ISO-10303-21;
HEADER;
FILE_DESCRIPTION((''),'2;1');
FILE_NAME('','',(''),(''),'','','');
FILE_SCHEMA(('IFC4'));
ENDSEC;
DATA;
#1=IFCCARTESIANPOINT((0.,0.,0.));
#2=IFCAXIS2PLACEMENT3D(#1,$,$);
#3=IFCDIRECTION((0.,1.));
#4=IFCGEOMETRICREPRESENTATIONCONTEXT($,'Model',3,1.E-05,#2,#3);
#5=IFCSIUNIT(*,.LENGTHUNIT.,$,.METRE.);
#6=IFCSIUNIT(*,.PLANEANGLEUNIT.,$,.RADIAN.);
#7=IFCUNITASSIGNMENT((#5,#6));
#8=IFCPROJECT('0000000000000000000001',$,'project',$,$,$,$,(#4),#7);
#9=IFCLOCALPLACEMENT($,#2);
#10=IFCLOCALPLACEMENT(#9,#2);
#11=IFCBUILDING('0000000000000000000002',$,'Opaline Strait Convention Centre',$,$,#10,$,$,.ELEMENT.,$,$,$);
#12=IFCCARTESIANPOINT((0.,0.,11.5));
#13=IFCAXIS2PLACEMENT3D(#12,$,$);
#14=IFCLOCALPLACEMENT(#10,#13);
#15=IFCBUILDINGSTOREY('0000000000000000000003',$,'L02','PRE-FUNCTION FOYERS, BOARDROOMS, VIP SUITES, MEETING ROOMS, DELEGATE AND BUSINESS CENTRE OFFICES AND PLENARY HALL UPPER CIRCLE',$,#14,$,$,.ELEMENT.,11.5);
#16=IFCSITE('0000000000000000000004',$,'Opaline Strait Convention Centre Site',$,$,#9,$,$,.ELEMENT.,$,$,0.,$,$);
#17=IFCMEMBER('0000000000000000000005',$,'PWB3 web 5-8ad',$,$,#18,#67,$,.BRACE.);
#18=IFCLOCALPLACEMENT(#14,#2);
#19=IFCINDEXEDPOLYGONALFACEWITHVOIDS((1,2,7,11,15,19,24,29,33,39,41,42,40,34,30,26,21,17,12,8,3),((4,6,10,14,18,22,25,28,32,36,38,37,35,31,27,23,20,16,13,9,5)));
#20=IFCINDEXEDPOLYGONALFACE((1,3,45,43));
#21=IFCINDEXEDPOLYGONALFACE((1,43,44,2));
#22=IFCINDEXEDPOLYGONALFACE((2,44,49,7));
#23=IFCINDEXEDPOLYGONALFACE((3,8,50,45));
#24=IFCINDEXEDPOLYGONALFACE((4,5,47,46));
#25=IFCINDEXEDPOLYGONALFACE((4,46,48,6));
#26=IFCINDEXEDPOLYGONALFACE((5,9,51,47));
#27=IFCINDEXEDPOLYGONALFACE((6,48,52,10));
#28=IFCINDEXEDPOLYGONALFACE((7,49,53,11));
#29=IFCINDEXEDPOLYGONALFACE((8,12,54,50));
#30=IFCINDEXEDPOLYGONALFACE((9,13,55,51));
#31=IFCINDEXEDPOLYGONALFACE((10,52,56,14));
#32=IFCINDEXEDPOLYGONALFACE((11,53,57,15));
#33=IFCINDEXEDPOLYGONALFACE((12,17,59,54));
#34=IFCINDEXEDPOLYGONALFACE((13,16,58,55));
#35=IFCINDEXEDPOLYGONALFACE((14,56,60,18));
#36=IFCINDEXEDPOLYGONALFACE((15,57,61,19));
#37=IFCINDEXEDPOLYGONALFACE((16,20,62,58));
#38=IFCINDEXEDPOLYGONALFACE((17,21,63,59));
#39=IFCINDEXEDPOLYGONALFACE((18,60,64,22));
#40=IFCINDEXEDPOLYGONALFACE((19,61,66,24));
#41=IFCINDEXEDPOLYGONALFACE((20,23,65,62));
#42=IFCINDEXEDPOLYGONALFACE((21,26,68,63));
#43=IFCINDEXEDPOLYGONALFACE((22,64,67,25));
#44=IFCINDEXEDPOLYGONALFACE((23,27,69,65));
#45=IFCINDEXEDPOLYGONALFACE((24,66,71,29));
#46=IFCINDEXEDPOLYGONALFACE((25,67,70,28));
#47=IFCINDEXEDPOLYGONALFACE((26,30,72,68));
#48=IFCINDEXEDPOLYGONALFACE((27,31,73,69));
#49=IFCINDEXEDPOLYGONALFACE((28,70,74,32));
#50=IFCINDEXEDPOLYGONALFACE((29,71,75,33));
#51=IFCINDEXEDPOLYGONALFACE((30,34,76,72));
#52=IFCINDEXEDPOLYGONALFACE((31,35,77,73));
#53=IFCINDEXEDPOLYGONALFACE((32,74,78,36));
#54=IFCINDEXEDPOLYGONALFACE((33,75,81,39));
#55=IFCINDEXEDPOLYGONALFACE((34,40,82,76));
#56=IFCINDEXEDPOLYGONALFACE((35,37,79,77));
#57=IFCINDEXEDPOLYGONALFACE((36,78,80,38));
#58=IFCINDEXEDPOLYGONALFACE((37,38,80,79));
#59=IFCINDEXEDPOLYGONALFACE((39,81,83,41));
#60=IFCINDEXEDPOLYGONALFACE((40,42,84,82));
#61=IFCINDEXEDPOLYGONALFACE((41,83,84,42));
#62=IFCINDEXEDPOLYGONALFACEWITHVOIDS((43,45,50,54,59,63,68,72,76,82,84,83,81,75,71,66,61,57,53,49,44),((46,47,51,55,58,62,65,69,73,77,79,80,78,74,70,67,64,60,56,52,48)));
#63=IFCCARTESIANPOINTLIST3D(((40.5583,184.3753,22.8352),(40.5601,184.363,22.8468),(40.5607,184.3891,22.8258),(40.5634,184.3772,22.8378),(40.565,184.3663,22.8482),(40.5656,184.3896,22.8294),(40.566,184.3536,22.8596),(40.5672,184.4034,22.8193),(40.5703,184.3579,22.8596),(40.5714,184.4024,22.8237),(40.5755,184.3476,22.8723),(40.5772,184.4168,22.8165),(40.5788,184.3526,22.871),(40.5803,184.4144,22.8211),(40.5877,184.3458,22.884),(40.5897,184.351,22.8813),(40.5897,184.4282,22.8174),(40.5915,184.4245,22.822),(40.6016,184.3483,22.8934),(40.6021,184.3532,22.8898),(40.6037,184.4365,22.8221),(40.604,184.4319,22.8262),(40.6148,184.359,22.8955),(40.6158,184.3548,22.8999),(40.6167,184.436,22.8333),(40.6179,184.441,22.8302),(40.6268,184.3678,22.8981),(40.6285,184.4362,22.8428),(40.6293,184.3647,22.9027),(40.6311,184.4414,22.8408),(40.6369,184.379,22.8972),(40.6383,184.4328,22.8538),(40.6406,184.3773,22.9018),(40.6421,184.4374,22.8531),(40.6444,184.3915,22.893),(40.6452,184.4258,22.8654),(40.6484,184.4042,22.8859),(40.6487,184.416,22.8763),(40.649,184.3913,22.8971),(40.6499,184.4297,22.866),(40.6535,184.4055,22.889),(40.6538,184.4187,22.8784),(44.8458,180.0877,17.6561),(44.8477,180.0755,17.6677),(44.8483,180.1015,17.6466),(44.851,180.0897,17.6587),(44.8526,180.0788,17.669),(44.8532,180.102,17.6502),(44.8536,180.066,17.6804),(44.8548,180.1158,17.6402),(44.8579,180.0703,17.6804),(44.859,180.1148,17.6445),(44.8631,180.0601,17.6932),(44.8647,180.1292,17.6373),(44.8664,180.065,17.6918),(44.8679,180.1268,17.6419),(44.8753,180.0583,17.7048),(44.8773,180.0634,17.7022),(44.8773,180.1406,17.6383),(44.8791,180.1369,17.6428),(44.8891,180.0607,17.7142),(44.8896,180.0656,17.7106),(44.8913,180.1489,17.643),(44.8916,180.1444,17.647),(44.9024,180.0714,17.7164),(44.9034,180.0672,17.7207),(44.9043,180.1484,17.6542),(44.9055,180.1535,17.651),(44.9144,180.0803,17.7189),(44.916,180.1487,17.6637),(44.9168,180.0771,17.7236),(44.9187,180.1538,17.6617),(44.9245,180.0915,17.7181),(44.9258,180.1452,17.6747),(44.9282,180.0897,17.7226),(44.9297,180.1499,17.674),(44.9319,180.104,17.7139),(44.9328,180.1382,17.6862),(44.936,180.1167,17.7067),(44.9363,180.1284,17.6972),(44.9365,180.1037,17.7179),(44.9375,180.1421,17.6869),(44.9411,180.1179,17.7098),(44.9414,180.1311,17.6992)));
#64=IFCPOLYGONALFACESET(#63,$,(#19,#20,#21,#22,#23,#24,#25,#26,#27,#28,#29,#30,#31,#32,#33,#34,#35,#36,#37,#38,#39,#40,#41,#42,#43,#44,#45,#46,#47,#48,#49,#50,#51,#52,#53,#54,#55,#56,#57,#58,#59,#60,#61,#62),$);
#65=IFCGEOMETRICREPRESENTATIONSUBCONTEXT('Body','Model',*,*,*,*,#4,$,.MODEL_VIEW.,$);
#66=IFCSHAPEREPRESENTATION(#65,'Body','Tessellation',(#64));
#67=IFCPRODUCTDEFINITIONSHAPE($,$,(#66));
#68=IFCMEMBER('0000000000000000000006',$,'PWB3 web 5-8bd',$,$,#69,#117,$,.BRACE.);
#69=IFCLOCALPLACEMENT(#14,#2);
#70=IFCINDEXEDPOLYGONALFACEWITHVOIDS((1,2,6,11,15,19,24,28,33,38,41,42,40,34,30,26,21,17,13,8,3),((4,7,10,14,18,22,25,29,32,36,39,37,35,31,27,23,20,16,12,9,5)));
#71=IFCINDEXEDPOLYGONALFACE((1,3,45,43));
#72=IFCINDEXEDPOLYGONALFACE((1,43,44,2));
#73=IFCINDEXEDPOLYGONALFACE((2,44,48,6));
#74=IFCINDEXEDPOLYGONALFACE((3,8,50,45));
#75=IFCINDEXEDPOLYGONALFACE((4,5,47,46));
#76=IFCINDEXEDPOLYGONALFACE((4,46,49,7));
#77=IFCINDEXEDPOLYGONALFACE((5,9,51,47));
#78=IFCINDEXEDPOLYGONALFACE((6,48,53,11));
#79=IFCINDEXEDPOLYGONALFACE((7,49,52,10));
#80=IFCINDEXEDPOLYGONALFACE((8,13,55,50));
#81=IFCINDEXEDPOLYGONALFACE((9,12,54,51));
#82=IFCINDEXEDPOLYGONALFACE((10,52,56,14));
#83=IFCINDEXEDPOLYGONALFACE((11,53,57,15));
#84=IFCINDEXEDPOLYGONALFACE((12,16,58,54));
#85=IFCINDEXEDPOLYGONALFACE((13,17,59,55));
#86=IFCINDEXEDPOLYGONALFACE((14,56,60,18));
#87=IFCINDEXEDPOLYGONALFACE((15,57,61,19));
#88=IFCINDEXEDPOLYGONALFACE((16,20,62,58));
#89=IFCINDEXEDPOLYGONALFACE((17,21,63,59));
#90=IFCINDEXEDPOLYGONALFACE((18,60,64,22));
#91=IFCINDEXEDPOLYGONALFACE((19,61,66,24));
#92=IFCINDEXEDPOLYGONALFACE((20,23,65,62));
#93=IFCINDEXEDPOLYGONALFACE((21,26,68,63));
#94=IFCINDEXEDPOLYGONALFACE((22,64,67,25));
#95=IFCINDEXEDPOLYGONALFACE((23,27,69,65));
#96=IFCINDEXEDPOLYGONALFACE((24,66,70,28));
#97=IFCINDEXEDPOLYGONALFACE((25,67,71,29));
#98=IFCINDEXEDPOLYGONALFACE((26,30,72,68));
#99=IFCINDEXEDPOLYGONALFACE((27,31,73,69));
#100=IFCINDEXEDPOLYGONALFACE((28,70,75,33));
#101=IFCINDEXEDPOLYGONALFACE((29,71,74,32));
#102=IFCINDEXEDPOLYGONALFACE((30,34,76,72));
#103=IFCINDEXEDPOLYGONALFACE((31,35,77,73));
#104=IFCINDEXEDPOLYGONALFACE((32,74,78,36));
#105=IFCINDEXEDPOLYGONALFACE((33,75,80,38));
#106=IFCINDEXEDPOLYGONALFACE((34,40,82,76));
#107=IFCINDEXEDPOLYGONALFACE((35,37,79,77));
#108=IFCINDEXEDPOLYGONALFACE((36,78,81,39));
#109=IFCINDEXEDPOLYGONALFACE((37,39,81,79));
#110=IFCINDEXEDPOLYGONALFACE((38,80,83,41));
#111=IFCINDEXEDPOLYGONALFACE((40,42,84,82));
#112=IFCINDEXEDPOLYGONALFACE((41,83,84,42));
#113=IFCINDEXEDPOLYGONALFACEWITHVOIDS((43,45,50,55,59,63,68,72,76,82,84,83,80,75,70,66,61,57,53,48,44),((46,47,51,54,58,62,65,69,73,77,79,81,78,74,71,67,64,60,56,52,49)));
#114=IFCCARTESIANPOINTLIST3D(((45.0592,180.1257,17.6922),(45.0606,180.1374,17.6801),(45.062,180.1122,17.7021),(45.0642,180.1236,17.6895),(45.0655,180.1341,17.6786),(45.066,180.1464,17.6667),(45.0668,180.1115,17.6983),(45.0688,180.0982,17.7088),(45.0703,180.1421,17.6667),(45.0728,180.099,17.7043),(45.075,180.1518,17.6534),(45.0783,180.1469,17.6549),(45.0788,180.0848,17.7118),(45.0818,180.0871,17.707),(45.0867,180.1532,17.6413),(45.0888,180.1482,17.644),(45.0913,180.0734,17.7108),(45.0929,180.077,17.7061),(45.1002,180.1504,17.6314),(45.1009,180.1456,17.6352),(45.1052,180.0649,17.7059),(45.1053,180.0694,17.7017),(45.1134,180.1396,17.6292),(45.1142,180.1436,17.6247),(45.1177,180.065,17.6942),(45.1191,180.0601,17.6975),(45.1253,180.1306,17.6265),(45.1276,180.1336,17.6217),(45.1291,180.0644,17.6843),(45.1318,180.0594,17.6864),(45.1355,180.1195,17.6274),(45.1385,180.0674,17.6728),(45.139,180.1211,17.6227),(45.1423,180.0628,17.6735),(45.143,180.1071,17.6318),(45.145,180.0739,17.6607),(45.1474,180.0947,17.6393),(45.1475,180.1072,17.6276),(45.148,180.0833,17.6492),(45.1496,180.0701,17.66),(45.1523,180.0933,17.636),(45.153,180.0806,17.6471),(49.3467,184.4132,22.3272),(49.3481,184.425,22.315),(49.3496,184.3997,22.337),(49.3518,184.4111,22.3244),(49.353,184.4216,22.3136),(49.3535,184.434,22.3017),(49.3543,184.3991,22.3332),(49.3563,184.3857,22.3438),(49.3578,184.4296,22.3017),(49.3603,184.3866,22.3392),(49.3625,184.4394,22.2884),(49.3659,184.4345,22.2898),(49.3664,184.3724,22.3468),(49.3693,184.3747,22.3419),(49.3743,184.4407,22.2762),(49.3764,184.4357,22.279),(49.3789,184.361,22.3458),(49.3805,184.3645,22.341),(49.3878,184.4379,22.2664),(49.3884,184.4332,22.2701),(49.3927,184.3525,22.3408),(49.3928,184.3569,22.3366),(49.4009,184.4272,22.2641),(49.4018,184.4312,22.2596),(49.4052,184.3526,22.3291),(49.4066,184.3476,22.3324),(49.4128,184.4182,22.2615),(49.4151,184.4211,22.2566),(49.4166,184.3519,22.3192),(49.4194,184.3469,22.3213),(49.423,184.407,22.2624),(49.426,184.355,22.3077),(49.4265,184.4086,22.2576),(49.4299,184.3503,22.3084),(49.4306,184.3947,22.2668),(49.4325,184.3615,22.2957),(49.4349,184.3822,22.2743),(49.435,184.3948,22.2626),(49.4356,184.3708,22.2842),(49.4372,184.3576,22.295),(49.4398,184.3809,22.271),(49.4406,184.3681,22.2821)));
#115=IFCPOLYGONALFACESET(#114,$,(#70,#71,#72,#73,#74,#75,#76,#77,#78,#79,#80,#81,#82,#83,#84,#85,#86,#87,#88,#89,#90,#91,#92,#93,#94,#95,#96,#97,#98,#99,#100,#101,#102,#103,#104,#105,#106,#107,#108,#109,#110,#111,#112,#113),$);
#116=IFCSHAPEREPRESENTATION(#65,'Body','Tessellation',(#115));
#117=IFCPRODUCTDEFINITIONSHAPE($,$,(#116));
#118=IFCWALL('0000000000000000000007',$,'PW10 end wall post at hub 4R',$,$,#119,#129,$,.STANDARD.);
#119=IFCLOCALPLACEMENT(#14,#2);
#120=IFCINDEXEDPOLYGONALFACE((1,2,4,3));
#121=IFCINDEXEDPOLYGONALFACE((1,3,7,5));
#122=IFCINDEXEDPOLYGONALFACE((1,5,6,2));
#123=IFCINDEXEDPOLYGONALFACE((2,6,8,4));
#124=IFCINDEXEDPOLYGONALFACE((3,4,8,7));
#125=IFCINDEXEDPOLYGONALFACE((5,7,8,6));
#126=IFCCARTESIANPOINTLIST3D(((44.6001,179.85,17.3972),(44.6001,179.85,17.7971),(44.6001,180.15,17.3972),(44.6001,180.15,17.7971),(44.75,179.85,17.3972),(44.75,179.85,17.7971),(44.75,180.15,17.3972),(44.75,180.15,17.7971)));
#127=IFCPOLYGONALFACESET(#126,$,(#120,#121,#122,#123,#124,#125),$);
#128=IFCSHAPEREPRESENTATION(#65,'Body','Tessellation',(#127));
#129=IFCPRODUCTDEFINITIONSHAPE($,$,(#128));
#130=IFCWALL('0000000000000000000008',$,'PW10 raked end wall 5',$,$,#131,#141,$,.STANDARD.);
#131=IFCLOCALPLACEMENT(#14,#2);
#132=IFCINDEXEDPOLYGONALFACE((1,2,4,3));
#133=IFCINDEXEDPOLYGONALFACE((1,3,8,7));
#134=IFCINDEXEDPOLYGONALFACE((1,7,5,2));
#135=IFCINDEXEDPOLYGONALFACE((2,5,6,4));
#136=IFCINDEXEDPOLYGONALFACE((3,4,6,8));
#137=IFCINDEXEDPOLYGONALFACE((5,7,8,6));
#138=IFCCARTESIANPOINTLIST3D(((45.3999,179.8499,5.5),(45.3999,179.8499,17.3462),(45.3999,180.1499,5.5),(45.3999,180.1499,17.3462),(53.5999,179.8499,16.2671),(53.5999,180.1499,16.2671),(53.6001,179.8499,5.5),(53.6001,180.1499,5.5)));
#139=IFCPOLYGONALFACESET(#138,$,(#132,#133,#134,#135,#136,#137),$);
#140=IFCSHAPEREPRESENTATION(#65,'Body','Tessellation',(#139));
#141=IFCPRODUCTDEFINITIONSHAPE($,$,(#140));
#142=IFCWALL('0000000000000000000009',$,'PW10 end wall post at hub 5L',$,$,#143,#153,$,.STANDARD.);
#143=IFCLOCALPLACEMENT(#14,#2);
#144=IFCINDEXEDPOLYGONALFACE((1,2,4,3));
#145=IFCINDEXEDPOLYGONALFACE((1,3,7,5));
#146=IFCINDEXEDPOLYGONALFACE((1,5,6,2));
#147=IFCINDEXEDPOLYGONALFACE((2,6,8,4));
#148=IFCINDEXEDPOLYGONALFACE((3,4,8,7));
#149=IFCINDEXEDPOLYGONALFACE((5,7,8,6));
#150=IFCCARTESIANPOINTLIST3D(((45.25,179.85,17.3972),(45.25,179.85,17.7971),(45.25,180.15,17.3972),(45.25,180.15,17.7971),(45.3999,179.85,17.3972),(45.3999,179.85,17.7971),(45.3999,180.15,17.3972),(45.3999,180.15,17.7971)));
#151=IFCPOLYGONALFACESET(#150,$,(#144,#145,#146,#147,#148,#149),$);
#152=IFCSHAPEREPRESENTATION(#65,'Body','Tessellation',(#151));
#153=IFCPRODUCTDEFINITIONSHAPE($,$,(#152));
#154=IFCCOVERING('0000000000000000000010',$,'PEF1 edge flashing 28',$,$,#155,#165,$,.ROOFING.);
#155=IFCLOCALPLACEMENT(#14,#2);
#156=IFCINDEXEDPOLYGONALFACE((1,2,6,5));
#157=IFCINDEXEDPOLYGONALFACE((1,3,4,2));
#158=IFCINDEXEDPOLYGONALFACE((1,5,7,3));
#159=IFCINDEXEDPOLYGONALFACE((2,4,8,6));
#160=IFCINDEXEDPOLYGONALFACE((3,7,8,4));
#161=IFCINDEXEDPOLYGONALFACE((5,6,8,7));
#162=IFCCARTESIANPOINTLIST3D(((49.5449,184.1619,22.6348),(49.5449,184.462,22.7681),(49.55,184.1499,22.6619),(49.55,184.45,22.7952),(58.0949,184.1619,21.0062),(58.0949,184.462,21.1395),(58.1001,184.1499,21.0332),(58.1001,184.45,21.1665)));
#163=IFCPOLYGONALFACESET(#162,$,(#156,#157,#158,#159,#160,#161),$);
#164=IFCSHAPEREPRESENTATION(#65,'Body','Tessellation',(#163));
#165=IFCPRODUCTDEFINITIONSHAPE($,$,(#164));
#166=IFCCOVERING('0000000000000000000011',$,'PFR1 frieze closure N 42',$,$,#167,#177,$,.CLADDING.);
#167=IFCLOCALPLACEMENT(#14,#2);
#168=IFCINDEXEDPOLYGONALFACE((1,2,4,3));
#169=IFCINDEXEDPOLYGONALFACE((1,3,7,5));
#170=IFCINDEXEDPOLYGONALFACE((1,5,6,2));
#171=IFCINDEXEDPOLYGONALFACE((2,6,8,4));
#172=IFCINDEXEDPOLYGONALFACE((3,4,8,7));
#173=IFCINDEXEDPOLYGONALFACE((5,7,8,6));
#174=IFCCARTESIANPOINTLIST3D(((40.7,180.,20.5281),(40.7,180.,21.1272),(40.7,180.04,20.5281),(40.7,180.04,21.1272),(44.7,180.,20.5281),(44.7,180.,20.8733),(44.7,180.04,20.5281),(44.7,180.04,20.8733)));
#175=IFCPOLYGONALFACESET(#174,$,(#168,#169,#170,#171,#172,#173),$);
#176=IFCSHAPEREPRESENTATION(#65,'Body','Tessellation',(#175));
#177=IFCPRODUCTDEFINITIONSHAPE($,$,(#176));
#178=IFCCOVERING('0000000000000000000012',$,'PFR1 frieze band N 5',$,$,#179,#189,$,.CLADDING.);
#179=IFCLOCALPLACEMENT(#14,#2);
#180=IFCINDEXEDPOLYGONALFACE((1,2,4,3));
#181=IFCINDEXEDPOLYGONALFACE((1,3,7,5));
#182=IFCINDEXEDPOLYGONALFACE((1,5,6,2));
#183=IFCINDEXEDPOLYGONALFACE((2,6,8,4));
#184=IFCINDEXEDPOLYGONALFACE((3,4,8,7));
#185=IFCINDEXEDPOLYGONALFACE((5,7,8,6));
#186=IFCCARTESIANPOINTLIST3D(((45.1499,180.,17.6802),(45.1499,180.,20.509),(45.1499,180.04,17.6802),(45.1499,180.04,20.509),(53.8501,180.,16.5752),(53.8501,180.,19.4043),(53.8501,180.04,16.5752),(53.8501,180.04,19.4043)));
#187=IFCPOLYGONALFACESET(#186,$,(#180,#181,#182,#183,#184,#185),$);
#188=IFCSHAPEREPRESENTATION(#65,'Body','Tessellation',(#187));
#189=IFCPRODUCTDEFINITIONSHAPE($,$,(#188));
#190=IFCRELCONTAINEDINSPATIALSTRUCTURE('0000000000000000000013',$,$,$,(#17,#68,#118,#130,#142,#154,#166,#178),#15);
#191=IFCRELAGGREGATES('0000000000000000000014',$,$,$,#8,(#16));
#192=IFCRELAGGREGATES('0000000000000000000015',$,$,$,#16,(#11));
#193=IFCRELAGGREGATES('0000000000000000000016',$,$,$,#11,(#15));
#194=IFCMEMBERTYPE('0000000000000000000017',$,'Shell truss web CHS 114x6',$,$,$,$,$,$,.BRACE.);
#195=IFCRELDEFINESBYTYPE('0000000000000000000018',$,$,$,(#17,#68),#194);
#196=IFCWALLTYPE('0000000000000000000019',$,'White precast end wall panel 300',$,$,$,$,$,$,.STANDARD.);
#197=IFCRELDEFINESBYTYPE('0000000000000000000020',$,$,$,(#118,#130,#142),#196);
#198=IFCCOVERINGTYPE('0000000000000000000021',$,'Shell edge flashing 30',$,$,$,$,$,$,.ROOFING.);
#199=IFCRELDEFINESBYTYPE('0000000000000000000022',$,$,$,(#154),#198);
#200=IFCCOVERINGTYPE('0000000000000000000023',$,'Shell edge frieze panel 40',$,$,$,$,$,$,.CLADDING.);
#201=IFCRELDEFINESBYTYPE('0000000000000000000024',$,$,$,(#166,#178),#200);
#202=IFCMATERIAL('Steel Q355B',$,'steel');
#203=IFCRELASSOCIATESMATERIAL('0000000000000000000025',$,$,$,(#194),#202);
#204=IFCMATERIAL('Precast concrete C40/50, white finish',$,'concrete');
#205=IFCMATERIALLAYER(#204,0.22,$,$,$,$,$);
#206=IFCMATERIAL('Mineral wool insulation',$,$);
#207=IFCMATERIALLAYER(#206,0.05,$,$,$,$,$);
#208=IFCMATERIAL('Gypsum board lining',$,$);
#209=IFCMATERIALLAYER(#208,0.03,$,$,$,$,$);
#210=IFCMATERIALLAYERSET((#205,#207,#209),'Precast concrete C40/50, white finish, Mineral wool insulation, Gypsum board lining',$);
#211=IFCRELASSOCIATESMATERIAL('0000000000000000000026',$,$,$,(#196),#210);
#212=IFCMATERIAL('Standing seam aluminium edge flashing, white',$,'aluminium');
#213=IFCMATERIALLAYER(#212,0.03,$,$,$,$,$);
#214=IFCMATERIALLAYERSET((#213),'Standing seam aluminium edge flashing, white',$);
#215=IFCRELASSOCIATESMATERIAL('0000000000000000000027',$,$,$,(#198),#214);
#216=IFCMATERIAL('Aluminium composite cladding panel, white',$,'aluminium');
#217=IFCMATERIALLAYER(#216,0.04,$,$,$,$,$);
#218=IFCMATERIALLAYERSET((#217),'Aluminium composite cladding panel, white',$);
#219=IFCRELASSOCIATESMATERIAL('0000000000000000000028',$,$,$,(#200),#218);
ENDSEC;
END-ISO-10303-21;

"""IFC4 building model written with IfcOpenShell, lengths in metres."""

from ifc_helpers import new_model, si_unit, direction, frame, frame_2d, origin, origin_2d, place, context, subcontext, project, spatial, polyline, rectangle, hollow_circle, outline, extrude, material, layer, layer_set, material_profile, profile_set, type_object, element, save


model = new_model("IFC4")

# Units and contexts
model_context = context("Model", 3, precision=1e-05, world=origin(), true_north=direction((0.0, 1.0)))
body_context = subcontext(model_context, "Body", "Model", "MODEL_VIEW")
ifc_project = project(units=[si_unit("LENGTHUNIT", "METRE"), si_unit("PLANEANGLEUNIT", "RADIAN")], contexts=[model_context])

# Site, building, storey
site_placement = place(None, origin())
site = spatial("IfcSite", under=ifc_project, at=site_placement, Name="Opaline Strait Convention Centre Site", CompositionType="ELEMENT", RefElevation=0.0)
building_placement = place(site_placement, origin())
building = spatial("IfcBuilding", under=site, at=building_placement, Name="Opaline Strait Convention Centre", CompositionType="ELEMENT")
storey_placement = place(building_placement, frame((0.0, 0.0, 11.5)))
storey = spatial("IfcBuildingStorey", under=building, at=storey_placement, Name="L02", Description="PRE-FUNCTION FOYERS, BOARDROOMS, VIP SUITES, MEETING ROOMS, DELEGATE AND BUSINESS CENTRE OFFICES AND PLENARY HALL UPPER CIRCLE", CompositionType="ELEMENT", Elevation=11.5)

# Members
ifc_material_1 = material(Name="Steel Q355B", Category="steel")
ifc_material_profile_1 = material_profile(ifc_material_1, hollow_circle(Radius=0.0569, WallThickness=0.0061, at=origin_2d()), Name="CHS 114x6")
ifc_profile_set_1 = profile_set([ifc_material_profile_1], Name="Steel Q355B")
member_type_1 = type_object("IfcMemberType", Name="Shell truss web CHS 114x6", PredefinedType="BRACE", material=ifc_profile_set_1)
for number, where, z_axis, x_axis, name in (
    (1, (44.8938, 180.1062, 17.6804), (-0.53767, 0.53767, 0.649478), (-0.707107, -0.707107, 0.0), "PWB3 web 5-8ad"),
):
    element("IfcMember", number, at=place(storey_placement, frame(where, z_axis=z_axis, x_axis=x_axis)), inside=storey, type_object=member_type_1, Name=name, PredefinedType="BRACE", context=body_context, shape_type="SweptSolid", body=[
        extrude(hollow_circle(Radius=0.0569, WallThickness=0.0061, at=origin_2d()), origin(), (0.0, 0.0, 1.0), 7.9744),
    ])
member_1_placement = place(storey_placement, frame((45.1062, 180.1062, 17.6667), z_axis=(0.561778, 0.561778, 0.607298), x_axis=(-0.707107, 0.707107, 0.0)))
element("IfcMember", 2, at=member_1_placement, inside=storey, type_object=member_type_1, Name="PWB3 web 5-8bd", PredefinedType="BRACE", context=body_context, shape_type="SweptSolid", body=[
    extrude(hollow_circle(Radius=0.0569, WallThickness=0.0061, at=origin_2d()), origin(), (0.0, 0.0, 1.0), 7.6321),
])

# Walls
ifc_material_2 = material(Name="Precast concrete C40/50, white finish", Category="concrete")
ifc_layer_1 = layer(ifc_material_2, 0.22)
ifc_material_3 = material(Name="Mineral wool insulation")
ifc_layer_2 = layer(ifc_material_3, 0.05)
ifc_material_4 = material(Name="Gypsum board lining")
ifc_layer_3 = layer(ifc_material_4, 0.03)
ifc_layer_set_1 = layer_set([ifc_layer_1, ifc_layer_2, ifc_layer_3], Name="Precast concrete C40/50, white finish, Mineral wool insulation, Gypsum board lining")
wall_type = type_object("IfcWallType", Name="White precast end wall panel 300", PredefinedType="STANDARD", material=ifc_layer_set_1)
wall_1_placement = place(storey_placement, frame((44.6001, 180.0, 17.3972), z_axis=(0.0, 0.0, 1.0), x_axis=(1.0, 0.0, 0.0)))
element("IfcWall", 3, at=wall_1_placement, inside=storey, type_object=wall_type, Name="PW10 end wall post at hub 4R", PredefinedType="STANDARD", context=body_context, shape_type="SweptSolid", body=[
    extrude(rectangle(XDim=0.1499, YDim=0.3, at=frame_2d((0.075, 0.0))), origin(), (0.0, 0.0, 1.0), 0.3999),
])
wall_2_placement = place(storey_placement, frame((45.3999, 180.0, 5.5), z_axis=(0.0, 0.0, 1.0), x_axis=(1.0, 0.0, 0.0)))
element("IfcWall", 4, at=wall_2_placement, inside=storey, type_object=wall_type, Name="PW10 raked end wall 5", PredefinedType="STANDARD", context=body_context, shape_type="SweptSolid", body=[
    extrude(outline(polyline([(0.0, 0.0), (8.2002, 0.0), (8.2, 10.7671), (0.0, 11.8462), (0.0, 0.0)])), frame((0.0, 0.1499, 0.0), z_axis=(0.0, -1.0, 0.0), x_axis=(1.0, 0.0, 0.0)), (0.0, 0.0, 1.0), 0.3),
])
wall_3_placement = place(storey_placement, frame((45.25, 180.0, 17.3972), z_axis=(0.0, 0.0, 1.0), x_axis=(1.0, 0.0, 0.0)))
element("IfcWall", 5, at=wall_3_placement, inside=storey, type_object=wall_type, Name="PW10 end wall post at hub 5L", PredefinedType="STANDARD", context=body_context, shape_type="SweptSolid", body=[
    extrude(rectangle(XDim=0.1499, YDim=0.3, at=frame_2d((0.075, 0.0))), origin(), (0.0, 0.0, 1.0), 0.3999),
])

# Coverings
ifc_material_5 = material(Name="Standing seam aluminium edge flashing, white", Category="aluminium")
ifc_layer_4 = layer(ifc_material_5, 0.03)
ifc_layer_set_2 = layer_set([ifc_layer_4], Name="Standing seam aluminium edge flashing, white")
covering_type_1 = type_object("IfcCoveringType", Name="Shell edge flashing 30", PredefinedType="ROOFING", material=ifc_layer_set_2)
covering_1_placement = place(storey_placement, frame((49.55, 184.1499, 22.6619), z_axis=(0.171501, -0.399985, 0.900333), x_axis=(0.982337, 0.0, -0.187121)))
element("IfcCovering", 6, at=covering_1_placement, inside=storey, type_object=covering_type_1, Name="PEF1 edge flashing 28", PredefinedType="ROOFING", context=body_context, shape_type="SweptSolid", body=[
    extrude(outline(polyline([(0.0, 0.0), (8.7038, 0.0), (8.6788, 0.3274), (-0.0249, 0.3274), (0.0, 0.0)])), origin(), (0.0, 0.0, -1.0), 0.03),
])
ifc_material_6 = material(Name="Aluminium composite cladding panel, white", Category="aluminium")
ifc_layer_5 = layer(ifc_material_6, 0.04)
ifc_layer_set_3 = layer_set([ifc_layer_5], Name="Aluminium composite cladding panel, white")
covering_type_2 = type_object("IfcCoveringType", Name="Shell edge frieze panel 40", PredefinedType="CLADDING", material=ifc_layer_set_3)
covering_2_placement = place(storey_placement, frame((40.7, 180.0, 20.5281), z_axis=(0.0, -1.0, 0.0), x_axis=(1.0, 0.0, 0.0)))
element("IfcCovering", 7, at=covering_2_placement, inside=storey, type_object=covering_type_2, Name="PFR1 frieze closure N 42", PredefinedType="CLADDING", context=body_context, shape_type="SweptSolid", body=[
    extrude(outline(polyline([(0.0, 0.0), (4.0, 0.0), (4.0, 0.3452), (0.0, 0.5991), (0.0, 0.0)])), origin(), (0.0, 0.0, -1.0), 0.04),
])
covering_3_placement = place(storey_placement, frame((45.1499, 180.0, 17.6802), z_axis=(0.0, -1.0, 0.0), x_axis=(0.992031, 0.0, -0.125994)))
element("IfcCovering", 8, at=covering_3_placement, inside=storey, type_object=covering_type_2, Name="PFR1 frieze band N 5", PredefinedType="CLADDING", context=body_context, shape_type="SweptSolid", body=[
    extrude(outline(polyline([(0.0, 0.0), (8.7701, 0.0), (8.4136, 2.8066), (-0.3564, 2.8063), (0.0, 0.0)])), origin(), (0.0, 0.0, -1.0), 0.04),
])

save(model, "model.ifc")
